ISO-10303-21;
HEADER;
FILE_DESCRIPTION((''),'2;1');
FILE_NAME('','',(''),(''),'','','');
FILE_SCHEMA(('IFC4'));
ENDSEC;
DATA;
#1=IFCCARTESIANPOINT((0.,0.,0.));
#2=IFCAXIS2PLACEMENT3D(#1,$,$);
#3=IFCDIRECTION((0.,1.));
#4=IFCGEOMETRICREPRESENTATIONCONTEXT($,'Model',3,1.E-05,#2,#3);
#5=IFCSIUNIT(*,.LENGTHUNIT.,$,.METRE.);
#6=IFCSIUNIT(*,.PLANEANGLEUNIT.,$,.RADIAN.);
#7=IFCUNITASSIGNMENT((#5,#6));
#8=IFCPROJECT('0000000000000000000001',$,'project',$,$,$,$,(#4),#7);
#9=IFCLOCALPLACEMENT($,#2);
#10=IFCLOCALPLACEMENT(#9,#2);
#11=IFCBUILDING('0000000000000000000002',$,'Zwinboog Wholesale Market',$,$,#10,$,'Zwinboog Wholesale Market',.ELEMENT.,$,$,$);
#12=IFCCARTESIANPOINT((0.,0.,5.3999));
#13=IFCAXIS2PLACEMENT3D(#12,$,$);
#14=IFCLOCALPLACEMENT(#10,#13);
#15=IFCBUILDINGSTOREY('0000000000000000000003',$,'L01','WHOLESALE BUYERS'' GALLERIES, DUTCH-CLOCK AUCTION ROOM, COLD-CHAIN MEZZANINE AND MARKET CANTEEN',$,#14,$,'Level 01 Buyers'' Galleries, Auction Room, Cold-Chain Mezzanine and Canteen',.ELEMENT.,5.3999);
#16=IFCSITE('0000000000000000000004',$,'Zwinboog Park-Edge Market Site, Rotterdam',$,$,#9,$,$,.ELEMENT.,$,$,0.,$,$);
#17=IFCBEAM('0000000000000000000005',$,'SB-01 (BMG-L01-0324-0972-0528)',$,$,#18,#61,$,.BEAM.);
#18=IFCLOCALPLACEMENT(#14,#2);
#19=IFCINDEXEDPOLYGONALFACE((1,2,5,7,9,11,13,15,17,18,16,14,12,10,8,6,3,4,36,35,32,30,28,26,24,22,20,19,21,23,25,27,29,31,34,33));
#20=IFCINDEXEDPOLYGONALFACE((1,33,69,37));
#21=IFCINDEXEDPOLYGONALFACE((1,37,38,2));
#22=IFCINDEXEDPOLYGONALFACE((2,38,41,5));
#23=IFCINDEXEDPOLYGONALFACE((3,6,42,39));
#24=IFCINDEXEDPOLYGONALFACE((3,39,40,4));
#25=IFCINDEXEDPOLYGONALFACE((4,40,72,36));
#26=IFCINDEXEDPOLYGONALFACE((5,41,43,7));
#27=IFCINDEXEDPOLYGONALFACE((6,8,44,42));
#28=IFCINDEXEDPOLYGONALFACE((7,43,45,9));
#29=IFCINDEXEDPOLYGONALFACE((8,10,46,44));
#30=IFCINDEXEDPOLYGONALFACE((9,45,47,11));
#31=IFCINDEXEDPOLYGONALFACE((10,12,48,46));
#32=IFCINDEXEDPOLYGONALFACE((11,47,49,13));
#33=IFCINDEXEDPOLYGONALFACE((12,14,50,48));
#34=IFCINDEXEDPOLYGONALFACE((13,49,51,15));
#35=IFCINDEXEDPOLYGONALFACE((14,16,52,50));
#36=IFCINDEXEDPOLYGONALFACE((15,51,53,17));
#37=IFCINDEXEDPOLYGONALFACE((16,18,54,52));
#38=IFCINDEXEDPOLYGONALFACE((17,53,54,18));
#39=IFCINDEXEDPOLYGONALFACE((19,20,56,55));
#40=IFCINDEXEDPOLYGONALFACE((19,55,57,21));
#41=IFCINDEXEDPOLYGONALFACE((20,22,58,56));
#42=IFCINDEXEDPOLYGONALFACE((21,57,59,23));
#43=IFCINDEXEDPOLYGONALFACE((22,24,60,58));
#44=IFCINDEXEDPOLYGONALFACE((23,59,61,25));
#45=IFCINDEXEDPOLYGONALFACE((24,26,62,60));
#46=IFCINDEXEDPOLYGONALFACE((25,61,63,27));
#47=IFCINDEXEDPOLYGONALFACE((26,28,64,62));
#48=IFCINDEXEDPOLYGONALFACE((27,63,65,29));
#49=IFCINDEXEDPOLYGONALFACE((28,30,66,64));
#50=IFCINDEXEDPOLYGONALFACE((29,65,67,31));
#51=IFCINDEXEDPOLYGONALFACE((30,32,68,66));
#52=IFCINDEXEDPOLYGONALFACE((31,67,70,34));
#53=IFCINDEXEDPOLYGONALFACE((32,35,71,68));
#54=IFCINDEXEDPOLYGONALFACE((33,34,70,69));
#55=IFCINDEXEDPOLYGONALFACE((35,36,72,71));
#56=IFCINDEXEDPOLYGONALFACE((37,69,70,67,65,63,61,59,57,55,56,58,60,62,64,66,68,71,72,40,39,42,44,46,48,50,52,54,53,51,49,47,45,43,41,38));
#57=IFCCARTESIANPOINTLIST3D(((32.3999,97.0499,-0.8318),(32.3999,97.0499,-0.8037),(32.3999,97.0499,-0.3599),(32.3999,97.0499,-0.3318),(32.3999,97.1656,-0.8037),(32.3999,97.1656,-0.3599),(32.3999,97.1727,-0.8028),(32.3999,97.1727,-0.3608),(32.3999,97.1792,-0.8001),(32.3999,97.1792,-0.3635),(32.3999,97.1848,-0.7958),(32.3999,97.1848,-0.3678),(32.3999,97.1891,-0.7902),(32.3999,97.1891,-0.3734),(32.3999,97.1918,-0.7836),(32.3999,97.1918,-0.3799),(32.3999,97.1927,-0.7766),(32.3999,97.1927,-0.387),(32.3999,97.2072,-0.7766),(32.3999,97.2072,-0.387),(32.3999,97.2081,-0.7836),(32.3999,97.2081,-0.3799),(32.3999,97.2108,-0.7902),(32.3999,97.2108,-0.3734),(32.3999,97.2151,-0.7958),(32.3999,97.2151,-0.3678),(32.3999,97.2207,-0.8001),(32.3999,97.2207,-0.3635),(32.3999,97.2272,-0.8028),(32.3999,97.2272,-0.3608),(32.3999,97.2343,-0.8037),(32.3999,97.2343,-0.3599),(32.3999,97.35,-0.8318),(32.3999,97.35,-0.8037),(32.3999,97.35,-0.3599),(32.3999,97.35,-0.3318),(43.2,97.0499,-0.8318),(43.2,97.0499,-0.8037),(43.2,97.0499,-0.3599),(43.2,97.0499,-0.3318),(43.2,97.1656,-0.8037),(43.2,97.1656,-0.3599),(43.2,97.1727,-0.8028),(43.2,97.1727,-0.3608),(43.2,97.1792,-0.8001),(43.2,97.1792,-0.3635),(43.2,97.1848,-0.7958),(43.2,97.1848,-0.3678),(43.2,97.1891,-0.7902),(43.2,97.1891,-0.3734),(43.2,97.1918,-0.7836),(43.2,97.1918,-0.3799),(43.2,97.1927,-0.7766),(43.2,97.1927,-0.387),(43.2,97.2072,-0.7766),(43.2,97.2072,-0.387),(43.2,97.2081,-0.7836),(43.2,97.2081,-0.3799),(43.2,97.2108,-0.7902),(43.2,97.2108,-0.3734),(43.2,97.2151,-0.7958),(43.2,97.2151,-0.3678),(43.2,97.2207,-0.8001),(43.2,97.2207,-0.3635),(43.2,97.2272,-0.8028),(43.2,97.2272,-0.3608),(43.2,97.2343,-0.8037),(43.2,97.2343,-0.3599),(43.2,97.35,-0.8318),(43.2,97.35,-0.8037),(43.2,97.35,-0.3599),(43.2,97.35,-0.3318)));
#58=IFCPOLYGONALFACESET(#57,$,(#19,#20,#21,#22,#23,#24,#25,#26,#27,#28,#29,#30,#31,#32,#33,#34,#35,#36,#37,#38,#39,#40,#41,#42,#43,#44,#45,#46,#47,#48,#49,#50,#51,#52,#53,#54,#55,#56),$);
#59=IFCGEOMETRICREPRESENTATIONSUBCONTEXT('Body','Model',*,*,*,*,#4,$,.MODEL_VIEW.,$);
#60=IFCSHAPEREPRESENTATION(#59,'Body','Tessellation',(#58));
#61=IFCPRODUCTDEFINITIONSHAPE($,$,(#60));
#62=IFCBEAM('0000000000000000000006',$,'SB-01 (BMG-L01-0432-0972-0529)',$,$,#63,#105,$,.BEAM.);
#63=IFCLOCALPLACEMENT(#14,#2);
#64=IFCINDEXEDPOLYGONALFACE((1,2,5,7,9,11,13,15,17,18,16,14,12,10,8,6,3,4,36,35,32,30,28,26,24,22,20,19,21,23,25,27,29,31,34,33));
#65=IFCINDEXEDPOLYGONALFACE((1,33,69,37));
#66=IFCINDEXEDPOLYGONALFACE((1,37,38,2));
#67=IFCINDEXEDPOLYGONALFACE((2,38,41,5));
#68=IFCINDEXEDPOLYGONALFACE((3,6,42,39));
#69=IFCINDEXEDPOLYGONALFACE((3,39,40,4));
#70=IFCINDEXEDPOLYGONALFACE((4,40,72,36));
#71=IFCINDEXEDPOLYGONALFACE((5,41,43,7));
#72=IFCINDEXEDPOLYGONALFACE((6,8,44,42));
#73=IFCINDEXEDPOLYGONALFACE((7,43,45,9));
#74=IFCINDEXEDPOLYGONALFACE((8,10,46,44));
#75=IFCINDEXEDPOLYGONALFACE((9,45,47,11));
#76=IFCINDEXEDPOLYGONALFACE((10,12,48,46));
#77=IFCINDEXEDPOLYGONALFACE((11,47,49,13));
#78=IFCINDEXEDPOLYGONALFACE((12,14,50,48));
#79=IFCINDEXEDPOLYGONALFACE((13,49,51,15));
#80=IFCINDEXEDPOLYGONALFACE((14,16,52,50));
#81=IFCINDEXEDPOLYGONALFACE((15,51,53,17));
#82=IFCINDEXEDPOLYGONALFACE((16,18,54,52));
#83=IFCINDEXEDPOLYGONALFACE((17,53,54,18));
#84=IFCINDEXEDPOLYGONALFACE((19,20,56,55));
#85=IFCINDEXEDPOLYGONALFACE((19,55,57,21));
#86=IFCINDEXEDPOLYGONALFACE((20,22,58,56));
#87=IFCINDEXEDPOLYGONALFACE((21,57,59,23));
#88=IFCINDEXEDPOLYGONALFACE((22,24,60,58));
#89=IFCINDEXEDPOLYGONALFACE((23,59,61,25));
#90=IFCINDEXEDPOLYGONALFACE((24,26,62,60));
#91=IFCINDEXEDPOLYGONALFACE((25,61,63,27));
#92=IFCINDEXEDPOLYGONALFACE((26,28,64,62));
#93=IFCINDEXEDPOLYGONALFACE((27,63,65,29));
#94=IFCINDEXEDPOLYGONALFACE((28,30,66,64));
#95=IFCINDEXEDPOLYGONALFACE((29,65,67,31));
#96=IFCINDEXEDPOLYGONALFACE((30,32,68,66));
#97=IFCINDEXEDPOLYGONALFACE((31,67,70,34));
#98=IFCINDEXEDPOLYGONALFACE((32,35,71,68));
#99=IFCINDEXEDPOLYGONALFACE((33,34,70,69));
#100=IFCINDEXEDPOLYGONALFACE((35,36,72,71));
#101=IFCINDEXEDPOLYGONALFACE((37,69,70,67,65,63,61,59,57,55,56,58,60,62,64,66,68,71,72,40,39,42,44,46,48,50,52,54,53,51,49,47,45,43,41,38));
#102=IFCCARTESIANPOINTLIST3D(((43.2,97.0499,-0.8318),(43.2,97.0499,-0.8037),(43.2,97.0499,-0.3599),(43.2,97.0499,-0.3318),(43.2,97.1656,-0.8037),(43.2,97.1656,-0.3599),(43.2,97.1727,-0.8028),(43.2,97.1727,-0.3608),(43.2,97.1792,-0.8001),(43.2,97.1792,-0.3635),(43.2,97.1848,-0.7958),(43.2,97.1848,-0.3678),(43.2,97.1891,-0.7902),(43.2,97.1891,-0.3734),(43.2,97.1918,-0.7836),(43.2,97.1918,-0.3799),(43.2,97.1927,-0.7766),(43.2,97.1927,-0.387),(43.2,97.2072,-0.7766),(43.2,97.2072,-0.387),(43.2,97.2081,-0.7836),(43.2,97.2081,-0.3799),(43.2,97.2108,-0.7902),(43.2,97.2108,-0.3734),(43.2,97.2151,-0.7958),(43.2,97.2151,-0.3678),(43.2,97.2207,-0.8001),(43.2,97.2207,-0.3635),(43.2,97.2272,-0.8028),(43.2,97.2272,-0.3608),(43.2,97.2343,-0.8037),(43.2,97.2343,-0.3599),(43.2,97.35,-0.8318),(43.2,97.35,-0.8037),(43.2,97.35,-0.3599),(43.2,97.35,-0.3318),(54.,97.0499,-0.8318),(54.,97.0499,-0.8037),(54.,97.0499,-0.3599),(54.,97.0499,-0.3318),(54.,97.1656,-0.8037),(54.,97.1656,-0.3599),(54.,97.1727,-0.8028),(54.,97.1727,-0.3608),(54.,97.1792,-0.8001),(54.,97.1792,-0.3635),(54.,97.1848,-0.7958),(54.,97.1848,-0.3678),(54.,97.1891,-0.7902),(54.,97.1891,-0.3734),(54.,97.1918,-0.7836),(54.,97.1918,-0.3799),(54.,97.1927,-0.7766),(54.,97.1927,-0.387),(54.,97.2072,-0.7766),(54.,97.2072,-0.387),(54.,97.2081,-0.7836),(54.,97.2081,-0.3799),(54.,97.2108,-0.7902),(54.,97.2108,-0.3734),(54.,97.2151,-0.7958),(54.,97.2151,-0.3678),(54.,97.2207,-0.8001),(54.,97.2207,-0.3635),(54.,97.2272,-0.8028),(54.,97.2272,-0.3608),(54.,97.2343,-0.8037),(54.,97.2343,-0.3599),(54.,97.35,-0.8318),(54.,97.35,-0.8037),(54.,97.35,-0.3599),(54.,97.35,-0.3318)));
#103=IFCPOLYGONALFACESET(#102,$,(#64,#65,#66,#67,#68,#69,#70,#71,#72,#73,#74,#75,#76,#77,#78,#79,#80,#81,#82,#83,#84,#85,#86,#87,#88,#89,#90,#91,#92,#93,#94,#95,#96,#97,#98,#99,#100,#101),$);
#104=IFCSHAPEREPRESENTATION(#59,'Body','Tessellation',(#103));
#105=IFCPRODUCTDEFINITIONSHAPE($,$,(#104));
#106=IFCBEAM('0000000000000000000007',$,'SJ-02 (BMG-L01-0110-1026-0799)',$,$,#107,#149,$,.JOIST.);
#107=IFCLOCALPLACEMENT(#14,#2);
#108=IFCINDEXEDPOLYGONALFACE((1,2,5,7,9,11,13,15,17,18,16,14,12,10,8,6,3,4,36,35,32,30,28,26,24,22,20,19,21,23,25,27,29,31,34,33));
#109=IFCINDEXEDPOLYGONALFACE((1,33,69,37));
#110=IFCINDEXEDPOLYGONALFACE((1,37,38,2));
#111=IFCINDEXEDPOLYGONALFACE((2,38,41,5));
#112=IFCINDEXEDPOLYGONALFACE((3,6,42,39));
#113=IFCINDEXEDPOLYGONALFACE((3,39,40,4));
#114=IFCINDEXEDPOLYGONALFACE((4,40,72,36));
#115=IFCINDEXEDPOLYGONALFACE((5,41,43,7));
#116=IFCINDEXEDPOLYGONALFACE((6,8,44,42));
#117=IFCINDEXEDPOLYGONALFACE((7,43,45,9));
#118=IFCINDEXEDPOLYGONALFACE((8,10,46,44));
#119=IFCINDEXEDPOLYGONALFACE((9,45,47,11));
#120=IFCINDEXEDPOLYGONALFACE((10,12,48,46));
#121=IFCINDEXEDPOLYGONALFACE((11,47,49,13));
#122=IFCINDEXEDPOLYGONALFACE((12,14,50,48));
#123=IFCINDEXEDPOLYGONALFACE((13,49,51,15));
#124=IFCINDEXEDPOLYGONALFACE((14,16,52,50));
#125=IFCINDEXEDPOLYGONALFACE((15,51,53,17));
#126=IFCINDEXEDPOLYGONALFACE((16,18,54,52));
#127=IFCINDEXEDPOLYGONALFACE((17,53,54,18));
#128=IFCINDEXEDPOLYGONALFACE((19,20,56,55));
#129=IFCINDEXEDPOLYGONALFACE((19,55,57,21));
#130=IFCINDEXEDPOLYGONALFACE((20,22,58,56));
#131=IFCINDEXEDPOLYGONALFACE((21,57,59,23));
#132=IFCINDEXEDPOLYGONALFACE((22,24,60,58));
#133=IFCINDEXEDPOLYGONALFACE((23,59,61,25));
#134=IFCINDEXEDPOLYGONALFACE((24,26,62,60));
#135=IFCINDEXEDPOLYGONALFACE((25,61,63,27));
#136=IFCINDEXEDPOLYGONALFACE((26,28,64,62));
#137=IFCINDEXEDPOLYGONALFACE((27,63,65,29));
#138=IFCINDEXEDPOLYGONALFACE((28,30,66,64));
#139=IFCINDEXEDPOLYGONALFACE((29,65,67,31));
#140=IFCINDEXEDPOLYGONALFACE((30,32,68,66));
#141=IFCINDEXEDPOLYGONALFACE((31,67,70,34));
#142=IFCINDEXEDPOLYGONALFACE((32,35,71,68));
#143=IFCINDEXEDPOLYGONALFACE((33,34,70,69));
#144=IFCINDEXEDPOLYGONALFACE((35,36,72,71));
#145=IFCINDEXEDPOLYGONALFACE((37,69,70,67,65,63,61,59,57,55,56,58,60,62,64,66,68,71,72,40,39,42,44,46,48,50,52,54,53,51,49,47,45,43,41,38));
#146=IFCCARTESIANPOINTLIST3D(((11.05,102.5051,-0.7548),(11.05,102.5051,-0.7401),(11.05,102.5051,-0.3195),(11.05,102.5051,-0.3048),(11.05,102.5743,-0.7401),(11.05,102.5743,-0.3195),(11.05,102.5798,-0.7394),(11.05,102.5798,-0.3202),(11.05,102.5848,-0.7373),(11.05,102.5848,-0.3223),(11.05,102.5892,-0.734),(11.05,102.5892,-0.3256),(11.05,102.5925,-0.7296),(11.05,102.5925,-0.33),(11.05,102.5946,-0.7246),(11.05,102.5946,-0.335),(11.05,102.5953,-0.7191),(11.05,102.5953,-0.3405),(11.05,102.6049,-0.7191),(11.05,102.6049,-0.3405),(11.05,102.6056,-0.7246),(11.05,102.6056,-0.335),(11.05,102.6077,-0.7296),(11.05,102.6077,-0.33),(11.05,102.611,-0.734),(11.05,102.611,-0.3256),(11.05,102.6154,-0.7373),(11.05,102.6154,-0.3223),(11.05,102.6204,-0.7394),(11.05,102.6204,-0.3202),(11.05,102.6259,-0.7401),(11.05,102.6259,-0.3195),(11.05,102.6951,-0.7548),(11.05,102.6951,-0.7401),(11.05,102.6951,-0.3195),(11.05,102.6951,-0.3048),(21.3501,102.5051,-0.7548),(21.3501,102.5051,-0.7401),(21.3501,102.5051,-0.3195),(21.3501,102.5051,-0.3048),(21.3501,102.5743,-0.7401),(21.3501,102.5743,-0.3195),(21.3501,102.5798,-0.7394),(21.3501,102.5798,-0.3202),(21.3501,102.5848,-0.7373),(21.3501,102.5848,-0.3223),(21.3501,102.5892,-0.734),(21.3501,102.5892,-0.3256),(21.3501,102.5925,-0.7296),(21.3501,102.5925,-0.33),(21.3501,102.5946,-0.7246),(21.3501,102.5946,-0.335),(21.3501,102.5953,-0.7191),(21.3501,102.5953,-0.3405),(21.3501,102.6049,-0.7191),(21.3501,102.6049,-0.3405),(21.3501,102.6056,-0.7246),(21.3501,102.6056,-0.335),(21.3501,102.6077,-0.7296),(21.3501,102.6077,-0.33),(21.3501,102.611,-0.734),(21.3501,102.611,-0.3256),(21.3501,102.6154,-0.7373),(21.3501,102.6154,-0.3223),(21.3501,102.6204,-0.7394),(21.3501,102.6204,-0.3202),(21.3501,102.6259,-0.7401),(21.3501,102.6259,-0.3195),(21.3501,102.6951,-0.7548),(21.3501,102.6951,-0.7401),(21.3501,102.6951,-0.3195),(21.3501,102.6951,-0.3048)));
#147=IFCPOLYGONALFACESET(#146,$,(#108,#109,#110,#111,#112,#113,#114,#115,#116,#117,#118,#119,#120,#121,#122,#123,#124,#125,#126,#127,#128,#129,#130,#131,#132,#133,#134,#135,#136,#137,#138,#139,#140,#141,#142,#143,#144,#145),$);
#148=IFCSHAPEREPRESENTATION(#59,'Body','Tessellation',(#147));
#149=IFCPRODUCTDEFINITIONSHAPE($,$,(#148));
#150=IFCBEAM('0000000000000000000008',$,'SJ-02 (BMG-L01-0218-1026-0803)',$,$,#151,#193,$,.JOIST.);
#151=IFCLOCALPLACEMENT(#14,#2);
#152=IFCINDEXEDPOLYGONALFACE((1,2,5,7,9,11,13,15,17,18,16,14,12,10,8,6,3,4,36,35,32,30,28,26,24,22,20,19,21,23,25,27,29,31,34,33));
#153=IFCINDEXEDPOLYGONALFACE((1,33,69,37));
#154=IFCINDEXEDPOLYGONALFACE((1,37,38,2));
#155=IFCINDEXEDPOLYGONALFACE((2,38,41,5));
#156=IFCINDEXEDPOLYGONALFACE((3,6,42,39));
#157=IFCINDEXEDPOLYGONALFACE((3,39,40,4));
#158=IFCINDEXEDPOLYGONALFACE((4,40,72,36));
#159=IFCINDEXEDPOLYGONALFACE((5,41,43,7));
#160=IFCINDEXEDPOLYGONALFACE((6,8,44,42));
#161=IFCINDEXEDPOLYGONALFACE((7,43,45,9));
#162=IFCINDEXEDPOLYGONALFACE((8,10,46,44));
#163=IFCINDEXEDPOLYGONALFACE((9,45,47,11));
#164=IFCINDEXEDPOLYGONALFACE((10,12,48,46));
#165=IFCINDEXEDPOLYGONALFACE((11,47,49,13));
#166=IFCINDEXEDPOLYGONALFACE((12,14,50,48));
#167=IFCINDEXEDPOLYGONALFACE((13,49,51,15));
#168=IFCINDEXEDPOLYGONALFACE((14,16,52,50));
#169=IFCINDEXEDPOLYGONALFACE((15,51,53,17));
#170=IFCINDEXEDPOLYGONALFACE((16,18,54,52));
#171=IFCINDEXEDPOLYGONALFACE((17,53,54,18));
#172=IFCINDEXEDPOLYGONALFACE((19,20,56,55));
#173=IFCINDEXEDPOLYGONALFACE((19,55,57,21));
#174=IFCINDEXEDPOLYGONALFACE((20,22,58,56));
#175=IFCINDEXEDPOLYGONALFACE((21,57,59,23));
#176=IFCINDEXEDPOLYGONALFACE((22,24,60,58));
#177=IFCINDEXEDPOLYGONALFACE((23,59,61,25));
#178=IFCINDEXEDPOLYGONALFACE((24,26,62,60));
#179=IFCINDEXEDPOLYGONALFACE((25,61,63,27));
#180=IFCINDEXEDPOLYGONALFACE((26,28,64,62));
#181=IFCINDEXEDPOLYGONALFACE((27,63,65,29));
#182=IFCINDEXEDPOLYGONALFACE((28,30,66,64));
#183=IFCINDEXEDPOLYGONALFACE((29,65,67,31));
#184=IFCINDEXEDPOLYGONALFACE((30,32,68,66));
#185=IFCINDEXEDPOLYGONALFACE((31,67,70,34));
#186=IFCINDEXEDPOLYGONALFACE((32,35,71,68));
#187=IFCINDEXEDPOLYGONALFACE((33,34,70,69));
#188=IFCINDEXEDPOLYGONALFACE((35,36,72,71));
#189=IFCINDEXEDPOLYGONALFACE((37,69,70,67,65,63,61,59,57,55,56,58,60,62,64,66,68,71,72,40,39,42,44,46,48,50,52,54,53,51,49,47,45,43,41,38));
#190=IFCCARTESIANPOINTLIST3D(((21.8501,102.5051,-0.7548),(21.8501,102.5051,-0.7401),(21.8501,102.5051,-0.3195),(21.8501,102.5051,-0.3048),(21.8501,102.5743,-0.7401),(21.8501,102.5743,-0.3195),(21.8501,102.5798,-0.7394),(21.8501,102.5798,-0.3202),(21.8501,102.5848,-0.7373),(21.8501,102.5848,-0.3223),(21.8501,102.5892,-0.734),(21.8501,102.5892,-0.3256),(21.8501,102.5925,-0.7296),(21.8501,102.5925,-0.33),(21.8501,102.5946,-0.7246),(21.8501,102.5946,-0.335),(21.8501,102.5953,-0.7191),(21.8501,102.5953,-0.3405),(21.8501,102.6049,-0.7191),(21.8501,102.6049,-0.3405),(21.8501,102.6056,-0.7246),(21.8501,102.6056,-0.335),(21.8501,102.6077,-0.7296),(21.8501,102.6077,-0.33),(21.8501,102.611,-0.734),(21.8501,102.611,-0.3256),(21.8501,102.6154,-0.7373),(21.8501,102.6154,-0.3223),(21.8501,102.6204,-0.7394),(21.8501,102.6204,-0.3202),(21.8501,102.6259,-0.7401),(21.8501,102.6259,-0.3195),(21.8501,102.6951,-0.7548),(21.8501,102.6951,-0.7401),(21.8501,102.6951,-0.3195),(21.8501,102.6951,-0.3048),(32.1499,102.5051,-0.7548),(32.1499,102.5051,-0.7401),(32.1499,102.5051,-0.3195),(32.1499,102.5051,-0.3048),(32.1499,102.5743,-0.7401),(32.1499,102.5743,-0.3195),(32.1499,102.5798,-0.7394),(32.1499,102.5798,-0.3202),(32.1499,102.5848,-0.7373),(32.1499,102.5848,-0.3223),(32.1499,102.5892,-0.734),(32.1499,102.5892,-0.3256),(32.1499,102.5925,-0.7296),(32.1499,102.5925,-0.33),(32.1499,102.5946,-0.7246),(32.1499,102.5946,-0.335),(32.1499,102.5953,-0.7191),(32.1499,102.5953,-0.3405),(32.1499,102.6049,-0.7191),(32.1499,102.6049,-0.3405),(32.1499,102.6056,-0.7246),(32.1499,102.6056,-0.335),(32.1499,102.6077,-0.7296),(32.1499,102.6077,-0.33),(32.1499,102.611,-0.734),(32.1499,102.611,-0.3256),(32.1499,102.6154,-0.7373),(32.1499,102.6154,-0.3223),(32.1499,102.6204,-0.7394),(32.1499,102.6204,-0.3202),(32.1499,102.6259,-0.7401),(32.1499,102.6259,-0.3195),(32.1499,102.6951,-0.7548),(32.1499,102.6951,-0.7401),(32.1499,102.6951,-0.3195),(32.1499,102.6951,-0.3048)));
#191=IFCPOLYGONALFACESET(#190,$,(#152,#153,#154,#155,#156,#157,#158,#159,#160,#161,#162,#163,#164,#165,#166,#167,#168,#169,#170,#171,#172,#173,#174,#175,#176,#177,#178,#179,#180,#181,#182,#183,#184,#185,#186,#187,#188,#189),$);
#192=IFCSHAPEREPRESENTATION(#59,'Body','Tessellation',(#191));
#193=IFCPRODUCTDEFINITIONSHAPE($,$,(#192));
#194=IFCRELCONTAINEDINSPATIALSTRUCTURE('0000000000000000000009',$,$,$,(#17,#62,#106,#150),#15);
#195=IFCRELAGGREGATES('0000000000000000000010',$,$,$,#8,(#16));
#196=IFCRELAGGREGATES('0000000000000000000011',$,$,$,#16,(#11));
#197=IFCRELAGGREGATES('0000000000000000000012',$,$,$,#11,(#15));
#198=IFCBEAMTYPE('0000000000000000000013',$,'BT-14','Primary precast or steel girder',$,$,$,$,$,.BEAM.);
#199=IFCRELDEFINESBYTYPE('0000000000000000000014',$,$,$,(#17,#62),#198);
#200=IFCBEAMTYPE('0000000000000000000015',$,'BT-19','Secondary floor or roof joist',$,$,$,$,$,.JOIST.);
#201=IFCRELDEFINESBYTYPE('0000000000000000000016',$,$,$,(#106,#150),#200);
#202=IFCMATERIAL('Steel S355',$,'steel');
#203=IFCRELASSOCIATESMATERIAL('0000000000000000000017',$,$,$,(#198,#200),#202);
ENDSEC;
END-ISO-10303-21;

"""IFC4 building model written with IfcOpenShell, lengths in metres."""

from ifc_helpers import new_model, si_unit, direction, frame, origin, origin_2d, place, context, subcontext, project, spatial, i_section, extrude, material, material_profile, profile_set, type_object, element, save


model = new_model("IFC4")

# Units and contexts
model_context = context("Model", 3, precision=1e-05, world=origin(), true_north=direction((0.0, 1.0)))
body_context = subcontext(model_context, "Body", "Model", "MODEL_VIEW")
ifc_project = project(units=[si_unit("LENGTHUNIT", "METRE"), si_unit("PLANEANGLEUNIT", "RADIAN")], contexts=[model_context])

# Site, building, storey
site_placement = place(None, origin())
site = spatial("IfcSite", under=ifc_project, at=site_placement, Name="Zwinboog Park-Edge Market Site, Rotterdam", CompositionType="ELEMENT", RefElevation=0.0)
building_placement = place(site_placement, origin())
building = spatial("IfcBuilding", under=site, at=building_placement, Name="Zwinboog Wholesale Market", LongName="Zwinboog Wholesale Market", CompositionType="ELEMENT")
storey_placement = place(building_placement, frame((0.0, 0.0, 5.3999)))
storey = spatial("IfcBuildingStorey", under=building, at=storey_placement, Name="L01", Description="WHOLESALE BUYERS' GALLERIES, DUTCH-CLOCK AUCTION ROOM, COLD-CHAIN MEZZANINE AND MARKET CANTEEN", LongName="Level 01 Buyers' Galleries, Auction Room, Cold-Chain Mezzanine and Canteen", CompositionType="ELEMENT", Elevation=5.3999)

# Beams
ifc_material_1 = material(Name="Steel S355", Category="steel")
ifc_material_profile_1 = material_profile(ifc_material_1, i_section(OverallWidth=0.3, OverallDepth=0.5, WebThickness=0.0144, FlangeThickness=0.0281, FilletRadius=0.0271, at=origin_2d()), Name="HEB 500")
ifc_profile_set_1 = profile_set([ifc_material_profile_1], Name="Steel S355")
beam_type_1 = type_object("IfcBeamType", Name="BT-14", Description="Primary precast or steel girder", PredefinedType="BEAM", material=ifc_profile_set_1)
for number, where, z_axis, x_axis, name in (
    (1, (32.3999, 97.2, -0.5818), (1.0, 0.0, 0.0), (0.0, 1.0, 0.0), "SB-01 (BMG-L01-0324-0972-0528)"),
    (2, (43.2, 97.2, -0.5818), (1.0, 0.0, 0.0), (0.0, 1.0, 0.0), "SB-01 (BMG-L01-0432-0972-0529)"),
):
    element("IfcBeam", number, at=place(storey_placement, frame(where, z_axis=z_axis, x_axis=x_axis)), inside=storey, type_object=beam_type_1, Name=name, PredefinedType="BEAM", context=body_context, shape_type="SweptSolid", body=[
        extrude(i_section(OverallWidth=0.3, OverallDepth=0.5, WebThickness=0.0144, FlangeThickness=0.0281, FilletRadius=0.0271, at=origin_2d()), origin(), (0.0, 0.0, 1.0), 10.8),
    ])
ifc_material_profile_2 = material_profile(ifc_material_1, i_section(OverallWidth=0.1899, OverallDepth=0.45, WebThickness=0.0095, FlangeThickness=0.0146, FilletRadius=0.021, at=origin_2d()), Name="IPE 450")
ifc_profile_set_2 = profile_set([ifc_material_profile_2], Name="Steel S355")
beam_type_2 = type_object("IfcBeamType", Name="BT-19", Description="Secondary floor or roof joist", PredefinedType="JOIST", material=ifc_profile_set_2)
beam_1_placement = place(storey_placement, frame((11.05, 102.6001, -0.5298), z_axis=(1.0, 0.0, 0.0), x_axis=(0.0, 1.0, 0.0)))
element("IfcBeam", 3, at=beam_1_placement, inside=storey, type_object=beam_type_2, Name="SJ-02 (BMG-L01-0110-1026-0799)", PredefinedType="JOIST", context=body_context, shape_type="SweptSolid", body=[
    extrude(i_section(OverallWidth=0.1899, OverallDepth=0.45, WebThickness=0.0095, FlangeThickness=0.0146, FilletRadius=0.021, at=origin_2d()), origin(), (0.0, 0.0, 1.0), 10.3),
])
beam_2_placement = place(storey_placement, frame((21.8501, 102.6001, -0.5298), z_axis=(1.0, 0.0, 0.0), x_axis=(0.0, 1.0, 0.0)))
element("IfcBeam", 4, at=beam_2_placement, inside=storey, type_object=beam_type_2, Name="SJ-02 (BMG-L01-0218-1026-0803)", PredefinedType="JOIST", context=body_context, shape_type="SweptSolid", body=[
    extrude(i_section(OverallWidth=0.1899, OverallDepth=0.45, WebThickness=0.0095, FlangeThickness=0.0146, FilletRadius=0.021, at=origin_2d()), origin(), (0.0, 0.0, 1.0), 10.2998),
])

save(model, "model.ifc")
